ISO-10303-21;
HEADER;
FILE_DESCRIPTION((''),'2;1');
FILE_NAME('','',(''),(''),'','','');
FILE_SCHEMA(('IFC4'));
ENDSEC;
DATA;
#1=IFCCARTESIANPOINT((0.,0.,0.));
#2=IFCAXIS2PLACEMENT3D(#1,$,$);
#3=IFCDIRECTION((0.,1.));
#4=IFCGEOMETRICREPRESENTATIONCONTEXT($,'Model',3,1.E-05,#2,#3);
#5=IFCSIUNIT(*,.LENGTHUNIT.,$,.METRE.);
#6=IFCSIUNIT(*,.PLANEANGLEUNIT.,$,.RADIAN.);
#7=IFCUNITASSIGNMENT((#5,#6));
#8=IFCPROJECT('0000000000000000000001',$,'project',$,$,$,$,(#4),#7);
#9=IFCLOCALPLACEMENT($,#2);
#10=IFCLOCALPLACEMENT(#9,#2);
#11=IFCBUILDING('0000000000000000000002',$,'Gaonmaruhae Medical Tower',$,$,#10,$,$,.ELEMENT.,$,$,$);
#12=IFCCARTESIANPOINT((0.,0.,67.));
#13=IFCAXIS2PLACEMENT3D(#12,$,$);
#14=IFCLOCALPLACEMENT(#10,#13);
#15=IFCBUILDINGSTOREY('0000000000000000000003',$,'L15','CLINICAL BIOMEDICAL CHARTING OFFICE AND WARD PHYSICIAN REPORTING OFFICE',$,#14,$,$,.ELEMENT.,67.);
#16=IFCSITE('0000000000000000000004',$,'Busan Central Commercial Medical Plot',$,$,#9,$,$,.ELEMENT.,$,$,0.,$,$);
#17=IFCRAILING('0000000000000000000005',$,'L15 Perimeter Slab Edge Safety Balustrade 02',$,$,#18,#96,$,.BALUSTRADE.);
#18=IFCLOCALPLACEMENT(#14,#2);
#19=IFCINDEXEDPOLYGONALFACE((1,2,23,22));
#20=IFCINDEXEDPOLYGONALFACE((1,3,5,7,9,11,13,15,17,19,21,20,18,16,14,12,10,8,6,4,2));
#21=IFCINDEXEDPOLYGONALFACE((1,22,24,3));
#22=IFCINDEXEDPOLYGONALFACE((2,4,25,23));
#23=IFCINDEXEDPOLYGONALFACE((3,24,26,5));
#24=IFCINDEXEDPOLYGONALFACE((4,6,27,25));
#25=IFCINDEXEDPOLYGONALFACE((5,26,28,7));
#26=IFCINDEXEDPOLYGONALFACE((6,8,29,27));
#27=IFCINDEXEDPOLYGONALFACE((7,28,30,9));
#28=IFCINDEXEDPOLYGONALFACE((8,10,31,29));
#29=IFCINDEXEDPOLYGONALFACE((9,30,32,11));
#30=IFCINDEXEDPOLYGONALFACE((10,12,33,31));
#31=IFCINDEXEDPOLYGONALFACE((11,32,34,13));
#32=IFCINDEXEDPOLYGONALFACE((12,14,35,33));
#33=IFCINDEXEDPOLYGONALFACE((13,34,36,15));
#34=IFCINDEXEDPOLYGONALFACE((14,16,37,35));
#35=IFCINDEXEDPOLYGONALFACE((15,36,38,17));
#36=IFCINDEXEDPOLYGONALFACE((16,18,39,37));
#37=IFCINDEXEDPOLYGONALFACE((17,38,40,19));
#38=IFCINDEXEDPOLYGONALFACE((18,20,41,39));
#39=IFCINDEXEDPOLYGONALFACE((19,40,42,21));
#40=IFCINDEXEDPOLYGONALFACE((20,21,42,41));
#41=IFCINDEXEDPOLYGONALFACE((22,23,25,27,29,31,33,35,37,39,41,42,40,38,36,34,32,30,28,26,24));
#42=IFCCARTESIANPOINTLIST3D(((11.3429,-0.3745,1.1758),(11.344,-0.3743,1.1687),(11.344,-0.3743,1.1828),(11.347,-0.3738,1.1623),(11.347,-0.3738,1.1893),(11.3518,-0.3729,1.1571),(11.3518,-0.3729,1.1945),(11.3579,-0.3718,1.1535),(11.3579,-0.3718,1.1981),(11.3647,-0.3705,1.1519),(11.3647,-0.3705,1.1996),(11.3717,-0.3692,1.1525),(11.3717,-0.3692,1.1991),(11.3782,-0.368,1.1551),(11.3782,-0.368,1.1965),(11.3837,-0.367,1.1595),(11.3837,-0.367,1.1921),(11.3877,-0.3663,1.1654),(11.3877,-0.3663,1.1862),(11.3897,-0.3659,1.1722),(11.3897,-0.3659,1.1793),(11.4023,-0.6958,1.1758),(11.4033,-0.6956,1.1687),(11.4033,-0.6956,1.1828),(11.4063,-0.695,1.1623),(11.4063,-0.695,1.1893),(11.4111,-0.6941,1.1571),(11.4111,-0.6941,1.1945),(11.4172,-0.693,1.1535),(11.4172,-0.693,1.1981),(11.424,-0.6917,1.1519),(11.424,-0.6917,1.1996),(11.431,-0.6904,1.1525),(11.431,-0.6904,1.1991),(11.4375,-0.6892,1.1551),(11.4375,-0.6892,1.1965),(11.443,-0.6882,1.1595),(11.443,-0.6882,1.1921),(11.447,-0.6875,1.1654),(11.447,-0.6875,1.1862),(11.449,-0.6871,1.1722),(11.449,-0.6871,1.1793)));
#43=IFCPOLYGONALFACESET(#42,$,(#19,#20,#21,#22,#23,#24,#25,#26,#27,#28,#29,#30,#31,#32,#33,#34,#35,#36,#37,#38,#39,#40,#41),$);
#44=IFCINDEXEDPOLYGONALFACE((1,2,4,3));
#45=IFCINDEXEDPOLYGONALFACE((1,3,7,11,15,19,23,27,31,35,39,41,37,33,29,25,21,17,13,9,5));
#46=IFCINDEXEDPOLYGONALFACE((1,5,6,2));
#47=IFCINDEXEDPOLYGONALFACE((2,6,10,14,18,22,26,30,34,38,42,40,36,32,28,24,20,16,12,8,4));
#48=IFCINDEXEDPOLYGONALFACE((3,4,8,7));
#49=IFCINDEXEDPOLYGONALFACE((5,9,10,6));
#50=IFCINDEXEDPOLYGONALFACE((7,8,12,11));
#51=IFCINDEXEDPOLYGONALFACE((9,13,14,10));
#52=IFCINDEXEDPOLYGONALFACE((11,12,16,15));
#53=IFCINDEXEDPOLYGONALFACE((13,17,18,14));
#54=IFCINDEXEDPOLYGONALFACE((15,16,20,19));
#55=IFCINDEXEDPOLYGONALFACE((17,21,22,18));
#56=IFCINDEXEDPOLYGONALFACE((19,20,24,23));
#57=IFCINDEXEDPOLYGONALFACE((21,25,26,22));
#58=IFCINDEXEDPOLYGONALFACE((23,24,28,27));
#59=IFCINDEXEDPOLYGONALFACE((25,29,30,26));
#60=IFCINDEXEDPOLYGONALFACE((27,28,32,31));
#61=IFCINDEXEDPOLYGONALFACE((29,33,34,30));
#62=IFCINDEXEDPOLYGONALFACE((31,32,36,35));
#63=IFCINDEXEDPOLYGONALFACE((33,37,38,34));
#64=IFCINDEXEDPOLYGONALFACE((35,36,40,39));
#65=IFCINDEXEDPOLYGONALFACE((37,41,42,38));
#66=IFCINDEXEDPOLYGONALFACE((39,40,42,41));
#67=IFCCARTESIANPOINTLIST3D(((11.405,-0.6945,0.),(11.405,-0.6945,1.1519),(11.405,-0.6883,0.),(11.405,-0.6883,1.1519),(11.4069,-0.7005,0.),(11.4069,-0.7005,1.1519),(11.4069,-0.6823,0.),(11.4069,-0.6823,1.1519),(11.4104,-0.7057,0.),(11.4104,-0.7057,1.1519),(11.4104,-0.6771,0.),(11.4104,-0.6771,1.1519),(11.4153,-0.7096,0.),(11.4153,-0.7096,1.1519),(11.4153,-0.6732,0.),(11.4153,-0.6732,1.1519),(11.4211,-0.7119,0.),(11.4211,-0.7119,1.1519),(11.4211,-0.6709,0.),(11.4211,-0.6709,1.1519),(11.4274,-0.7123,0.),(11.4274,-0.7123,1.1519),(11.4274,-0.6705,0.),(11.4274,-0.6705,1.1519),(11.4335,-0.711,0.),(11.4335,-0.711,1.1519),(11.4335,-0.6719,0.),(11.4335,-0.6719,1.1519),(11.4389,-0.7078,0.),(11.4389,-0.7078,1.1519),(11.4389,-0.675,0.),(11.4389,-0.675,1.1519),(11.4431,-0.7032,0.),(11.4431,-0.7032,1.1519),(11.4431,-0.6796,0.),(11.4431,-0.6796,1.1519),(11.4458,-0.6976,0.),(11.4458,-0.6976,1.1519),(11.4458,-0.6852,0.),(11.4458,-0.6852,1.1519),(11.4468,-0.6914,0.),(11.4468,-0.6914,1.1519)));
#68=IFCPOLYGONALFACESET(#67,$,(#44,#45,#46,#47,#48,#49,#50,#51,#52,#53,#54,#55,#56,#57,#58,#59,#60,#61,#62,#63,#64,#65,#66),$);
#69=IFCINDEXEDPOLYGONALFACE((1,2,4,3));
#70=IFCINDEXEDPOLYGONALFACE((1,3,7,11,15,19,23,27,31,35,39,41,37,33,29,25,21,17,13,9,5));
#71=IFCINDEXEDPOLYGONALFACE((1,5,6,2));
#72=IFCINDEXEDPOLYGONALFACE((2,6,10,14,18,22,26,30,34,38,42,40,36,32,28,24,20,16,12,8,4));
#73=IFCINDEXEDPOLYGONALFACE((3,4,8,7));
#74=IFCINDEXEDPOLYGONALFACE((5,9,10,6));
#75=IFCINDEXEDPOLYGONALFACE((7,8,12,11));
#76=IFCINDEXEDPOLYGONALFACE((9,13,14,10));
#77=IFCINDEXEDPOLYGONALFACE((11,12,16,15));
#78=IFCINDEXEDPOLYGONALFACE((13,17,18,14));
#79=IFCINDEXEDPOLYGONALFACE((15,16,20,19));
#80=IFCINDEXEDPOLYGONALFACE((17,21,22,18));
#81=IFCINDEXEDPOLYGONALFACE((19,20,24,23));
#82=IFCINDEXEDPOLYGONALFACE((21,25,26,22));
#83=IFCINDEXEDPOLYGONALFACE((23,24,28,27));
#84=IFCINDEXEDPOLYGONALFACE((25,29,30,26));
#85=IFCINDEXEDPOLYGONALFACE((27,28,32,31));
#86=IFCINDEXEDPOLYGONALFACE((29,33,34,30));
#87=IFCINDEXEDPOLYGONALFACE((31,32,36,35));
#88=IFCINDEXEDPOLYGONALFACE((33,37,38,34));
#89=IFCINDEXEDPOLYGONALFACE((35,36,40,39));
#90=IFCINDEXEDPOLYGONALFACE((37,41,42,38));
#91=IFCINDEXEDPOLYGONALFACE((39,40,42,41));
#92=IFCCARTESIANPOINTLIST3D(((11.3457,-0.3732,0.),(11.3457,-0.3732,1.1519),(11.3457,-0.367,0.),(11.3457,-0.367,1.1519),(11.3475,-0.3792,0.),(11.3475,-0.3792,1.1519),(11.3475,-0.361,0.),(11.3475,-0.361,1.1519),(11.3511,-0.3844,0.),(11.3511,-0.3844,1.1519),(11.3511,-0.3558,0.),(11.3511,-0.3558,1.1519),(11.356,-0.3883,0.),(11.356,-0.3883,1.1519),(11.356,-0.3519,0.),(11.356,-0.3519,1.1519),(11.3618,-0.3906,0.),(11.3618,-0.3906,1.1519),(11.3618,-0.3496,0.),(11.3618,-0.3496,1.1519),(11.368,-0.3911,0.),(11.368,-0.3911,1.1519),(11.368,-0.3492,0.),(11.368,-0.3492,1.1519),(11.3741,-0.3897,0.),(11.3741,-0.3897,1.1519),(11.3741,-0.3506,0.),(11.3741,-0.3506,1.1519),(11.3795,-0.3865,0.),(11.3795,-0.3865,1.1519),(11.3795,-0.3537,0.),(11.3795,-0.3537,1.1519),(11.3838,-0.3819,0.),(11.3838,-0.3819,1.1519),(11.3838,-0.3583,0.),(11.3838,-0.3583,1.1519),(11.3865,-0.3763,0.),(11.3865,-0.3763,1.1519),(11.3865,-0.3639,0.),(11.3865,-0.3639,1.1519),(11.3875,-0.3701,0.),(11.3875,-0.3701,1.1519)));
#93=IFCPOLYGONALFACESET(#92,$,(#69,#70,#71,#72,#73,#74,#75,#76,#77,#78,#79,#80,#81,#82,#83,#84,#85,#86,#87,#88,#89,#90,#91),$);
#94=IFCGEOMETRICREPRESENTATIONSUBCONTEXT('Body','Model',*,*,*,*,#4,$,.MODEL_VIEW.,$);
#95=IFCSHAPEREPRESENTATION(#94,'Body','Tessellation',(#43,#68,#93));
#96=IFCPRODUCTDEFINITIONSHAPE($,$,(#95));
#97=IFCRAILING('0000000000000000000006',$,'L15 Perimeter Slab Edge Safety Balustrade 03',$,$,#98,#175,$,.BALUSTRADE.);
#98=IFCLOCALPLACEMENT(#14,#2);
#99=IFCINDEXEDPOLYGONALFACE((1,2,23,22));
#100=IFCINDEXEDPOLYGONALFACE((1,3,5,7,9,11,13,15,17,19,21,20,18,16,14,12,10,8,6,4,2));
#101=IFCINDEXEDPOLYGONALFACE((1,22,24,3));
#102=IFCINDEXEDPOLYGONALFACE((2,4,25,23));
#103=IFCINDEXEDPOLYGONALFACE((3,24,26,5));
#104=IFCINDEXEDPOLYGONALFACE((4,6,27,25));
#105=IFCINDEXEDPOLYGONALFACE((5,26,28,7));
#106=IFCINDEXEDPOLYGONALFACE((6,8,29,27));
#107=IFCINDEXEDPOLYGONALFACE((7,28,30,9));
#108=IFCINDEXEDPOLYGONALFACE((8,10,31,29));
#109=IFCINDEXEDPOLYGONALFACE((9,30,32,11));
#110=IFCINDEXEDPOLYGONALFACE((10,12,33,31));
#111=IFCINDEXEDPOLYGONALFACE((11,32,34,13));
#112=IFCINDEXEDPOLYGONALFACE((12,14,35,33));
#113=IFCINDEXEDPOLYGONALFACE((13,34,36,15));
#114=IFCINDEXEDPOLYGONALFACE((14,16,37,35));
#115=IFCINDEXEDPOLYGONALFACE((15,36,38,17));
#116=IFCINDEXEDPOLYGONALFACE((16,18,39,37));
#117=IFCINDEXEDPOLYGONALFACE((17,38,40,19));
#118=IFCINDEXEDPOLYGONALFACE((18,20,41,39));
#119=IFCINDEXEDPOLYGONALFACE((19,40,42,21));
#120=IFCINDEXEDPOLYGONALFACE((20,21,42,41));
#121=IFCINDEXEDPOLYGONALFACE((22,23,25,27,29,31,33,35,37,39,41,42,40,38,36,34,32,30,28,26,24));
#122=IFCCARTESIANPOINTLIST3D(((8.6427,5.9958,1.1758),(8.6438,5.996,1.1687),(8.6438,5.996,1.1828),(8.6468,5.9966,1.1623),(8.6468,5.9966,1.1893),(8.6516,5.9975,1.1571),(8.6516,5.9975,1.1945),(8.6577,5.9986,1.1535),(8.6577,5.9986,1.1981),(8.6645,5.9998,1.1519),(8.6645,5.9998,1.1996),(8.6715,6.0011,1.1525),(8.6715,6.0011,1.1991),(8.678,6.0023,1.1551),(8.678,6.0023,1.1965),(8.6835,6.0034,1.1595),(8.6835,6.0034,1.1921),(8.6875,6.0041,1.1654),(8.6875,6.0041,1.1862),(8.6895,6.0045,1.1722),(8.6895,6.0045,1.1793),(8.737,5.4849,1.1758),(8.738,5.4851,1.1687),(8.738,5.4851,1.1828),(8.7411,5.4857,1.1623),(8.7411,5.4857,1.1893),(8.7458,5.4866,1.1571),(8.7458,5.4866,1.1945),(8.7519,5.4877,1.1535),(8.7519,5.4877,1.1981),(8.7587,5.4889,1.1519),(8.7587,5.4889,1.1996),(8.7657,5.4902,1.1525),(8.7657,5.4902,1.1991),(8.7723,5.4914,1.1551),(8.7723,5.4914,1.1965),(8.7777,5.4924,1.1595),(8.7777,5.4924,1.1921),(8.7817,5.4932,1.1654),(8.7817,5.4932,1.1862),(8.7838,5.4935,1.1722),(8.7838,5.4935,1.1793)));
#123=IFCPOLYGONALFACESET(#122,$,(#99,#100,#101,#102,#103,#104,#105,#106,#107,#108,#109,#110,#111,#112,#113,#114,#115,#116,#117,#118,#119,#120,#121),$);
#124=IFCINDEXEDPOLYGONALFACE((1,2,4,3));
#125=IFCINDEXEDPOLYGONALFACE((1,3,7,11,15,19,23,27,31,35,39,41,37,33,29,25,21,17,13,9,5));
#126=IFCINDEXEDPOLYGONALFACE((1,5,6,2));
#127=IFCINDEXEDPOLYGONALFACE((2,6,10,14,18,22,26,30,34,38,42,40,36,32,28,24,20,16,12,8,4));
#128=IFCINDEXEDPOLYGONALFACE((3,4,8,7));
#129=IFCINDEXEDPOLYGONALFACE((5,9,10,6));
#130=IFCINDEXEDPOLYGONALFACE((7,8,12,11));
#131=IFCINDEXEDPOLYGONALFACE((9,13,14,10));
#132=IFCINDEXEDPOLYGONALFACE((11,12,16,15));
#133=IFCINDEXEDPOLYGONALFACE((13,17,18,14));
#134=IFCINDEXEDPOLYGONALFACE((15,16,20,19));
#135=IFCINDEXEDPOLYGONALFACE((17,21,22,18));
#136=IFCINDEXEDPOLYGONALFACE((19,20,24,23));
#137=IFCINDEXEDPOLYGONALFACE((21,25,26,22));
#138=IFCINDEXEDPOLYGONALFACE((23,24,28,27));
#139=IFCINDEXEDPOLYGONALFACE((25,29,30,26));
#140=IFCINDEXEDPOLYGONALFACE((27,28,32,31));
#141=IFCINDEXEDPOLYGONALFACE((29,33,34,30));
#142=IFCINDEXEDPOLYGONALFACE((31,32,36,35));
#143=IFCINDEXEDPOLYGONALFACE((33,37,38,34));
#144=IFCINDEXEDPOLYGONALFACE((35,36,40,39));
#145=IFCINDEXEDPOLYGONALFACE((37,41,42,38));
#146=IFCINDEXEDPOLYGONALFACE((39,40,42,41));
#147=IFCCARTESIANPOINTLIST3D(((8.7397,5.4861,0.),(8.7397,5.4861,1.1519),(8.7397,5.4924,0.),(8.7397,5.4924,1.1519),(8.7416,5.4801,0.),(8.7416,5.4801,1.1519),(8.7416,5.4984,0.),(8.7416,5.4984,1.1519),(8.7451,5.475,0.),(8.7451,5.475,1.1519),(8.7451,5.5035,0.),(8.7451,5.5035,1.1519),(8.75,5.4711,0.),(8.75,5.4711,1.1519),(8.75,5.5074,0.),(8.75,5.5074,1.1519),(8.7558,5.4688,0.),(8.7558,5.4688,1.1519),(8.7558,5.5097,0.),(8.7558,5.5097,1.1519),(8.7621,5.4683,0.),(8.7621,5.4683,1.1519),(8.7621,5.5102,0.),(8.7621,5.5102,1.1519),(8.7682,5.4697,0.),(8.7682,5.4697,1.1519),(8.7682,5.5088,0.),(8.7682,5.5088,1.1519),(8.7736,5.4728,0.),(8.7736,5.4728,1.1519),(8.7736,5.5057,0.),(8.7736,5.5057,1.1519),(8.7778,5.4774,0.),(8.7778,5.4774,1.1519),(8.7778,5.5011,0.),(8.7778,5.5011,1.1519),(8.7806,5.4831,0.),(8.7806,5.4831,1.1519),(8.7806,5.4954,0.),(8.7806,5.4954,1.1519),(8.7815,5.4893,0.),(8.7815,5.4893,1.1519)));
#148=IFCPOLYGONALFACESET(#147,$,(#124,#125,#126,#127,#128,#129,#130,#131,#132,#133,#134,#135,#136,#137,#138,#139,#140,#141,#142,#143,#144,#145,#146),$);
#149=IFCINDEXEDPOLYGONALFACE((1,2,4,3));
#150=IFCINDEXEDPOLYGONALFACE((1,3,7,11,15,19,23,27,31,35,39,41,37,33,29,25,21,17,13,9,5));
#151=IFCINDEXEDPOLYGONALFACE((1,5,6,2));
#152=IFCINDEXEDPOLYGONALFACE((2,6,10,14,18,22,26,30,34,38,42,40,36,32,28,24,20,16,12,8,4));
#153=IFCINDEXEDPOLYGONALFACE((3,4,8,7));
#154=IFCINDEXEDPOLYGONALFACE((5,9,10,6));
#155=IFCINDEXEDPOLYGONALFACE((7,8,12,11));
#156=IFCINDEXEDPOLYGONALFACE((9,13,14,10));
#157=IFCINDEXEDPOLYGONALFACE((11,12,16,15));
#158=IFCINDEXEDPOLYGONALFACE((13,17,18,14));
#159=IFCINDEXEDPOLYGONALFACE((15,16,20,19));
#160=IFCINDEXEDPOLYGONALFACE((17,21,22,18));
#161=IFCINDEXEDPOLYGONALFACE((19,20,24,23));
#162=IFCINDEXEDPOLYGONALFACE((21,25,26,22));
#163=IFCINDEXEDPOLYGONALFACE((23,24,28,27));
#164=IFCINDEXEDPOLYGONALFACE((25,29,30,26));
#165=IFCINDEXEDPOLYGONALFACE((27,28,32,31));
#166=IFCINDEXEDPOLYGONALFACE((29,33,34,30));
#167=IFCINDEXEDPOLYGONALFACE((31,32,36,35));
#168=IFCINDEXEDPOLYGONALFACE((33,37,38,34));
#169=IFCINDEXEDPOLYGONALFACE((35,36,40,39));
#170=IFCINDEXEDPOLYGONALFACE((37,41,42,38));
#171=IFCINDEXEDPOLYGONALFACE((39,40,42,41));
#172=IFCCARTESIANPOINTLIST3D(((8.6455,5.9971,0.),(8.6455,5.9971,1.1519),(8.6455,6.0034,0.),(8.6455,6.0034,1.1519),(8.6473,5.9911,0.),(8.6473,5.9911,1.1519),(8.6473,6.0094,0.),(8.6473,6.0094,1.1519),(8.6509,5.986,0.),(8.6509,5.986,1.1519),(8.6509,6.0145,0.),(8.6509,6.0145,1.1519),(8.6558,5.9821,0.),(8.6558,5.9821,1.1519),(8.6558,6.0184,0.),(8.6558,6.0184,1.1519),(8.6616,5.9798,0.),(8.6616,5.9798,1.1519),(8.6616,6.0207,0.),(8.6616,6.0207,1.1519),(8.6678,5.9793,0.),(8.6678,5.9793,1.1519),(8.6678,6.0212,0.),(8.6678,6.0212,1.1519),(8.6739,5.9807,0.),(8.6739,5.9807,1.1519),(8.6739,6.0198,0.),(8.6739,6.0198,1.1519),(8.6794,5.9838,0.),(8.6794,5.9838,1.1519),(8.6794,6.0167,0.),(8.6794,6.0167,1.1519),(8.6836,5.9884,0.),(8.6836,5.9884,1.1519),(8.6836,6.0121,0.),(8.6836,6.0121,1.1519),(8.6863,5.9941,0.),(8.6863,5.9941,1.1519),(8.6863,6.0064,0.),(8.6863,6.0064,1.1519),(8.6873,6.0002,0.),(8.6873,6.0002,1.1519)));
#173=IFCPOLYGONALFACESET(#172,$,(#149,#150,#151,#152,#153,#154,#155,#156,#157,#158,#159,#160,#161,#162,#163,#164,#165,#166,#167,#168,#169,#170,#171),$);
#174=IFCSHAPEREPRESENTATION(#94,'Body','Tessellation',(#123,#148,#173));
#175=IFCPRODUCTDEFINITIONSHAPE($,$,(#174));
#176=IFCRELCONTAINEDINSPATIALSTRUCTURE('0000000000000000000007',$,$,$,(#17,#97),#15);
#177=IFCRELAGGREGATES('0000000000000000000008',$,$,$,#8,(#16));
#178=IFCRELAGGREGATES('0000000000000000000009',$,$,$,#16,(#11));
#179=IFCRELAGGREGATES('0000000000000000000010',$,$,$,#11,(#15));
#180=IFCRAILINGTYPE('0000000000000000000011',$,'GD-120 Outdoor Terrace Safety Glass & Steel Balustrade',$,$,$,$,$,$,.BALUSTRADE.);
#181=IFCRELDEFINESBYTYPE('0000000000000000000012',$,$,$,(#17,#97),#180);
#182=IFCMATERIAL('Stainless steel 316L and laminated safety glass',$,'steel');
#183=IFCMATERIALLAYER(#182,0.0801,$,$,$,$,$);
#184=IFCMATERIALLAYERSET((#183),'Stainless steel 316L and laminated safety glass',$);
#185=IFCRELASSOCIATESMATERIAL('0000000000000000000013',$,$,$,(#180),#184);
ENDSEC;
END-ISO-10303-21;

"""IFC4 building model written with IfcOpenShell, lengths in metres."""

from ifc_helpers import new_model, si_unit, direction, frame, origin, origin_2d, place, context, subcontext, project, spatial, circle, extrude, material, layer, layer_set, type_object, element, save


model = new_model("IFC4")

# Units and contexts
model_context = context("Model", 3, precision=1e-05, world=origin(), true_north=direction((0.0, 1.0)))
body_context = subcontext(model_context, "Body", "Model", "MODEL_VIEW")
ifc_project = project(units=[si_unit("LENGTHUNIT", "METRE"), si_unit("PLANEANGLEUNIT", "RADIAN")], contexts=[model_context])

# Site, building, storey
site_placement = place(None, origin())
site = spatial("IfcSite", under=ifc_project, at=site_placement, Name="Busan Central Commercial Medical Plot", CompositionType="ELEMENT", RefElevation=0.0)
building_placement = place(site_placement, origin())
building = spatial("IfcBuilding", under=site, at=building_placement, Name="Gaonmaruhae Medical Tower", CompositionType="ELEMENT")
storey_placement = place(building_placement, frame((0.0, 0.0, 67.0)))
storey = spatial("IfcBuildingStorey", under=building, at=storey_placement, Name="L15", Description="CLINICAL BIOMEDICAL CHARTING OFFICE AND WARD PHYSICIAN REPORTING OFFICE", CompositionType="ELEMENT", Elevation=67.0)

# Railings
ifc_material_1 = material(Name="Stainless steel 316L and laminated safety glass", Category="steel")
ifc_layer_1 = layer(ifc_material_1, 0.0801)
ifc_layer_set_1 = layer_set([ifc_layer_1], Name="Stainless steel 316L and laminated safety glass")
railing_type = type_object("IfcRailingType", Name="GD-120 Outdoor Terrace Safety Glass & Steel Balustrade", PredefinedType="BALUSTRADE", material=ifc_layer_set_1)
railing_1_placement = place(storey_placement, frame((11.4258, -0.6914, 0.0)))
element("IfcRailing", 1, at=railing_1_placement, inside=storey, type_object=railing_type, Name="L15 Perimeter Slab Edge Safety Balustrade 02", PredefinedType="BALUSTRADE", context=body_context, shape_type="SweptSolid", body=[
    extrude(circle(Radius=0.0239, at=origin_2d()), frame((0.0, 0.0, 1.1758), z_axis=(-0.181581, 0.983376, 0.0), x_axis=(-0.983376, -0.181581, 0.0)), (0.0, 0.0, 1.0), 0.3267),
    extrude(circle(Radius=0.021, at=origin_2d()), origin(), (0.0, 0.0, 1.0), 1.1519),
    extrude(circle(Radius=0.021, at=origin_2d()), frame((-0.0593, 0.3213, 0.0)), (0.0, 0.0, 1.0), 1.1519),
])
railing_2_placement = place(storey_placement, frame((8.7605, 5.4893, 0.0)))
element("IfcRailing", 2, at=railing_2_placement, inside=storey, type_object=railing_type, Name="L15 Perimeter Slab Edge Safety Balustrade 03", PredefinedType="BALUSTRADE", context=body_context, shape_type="SweptSolid", body=[
    extrude(circle(Radius=0.0239, at=origin_2d()), frame((0.0, 0.0, 1.1758), z_axis=(-0.181366, 0.983416, 0.0), x_axis=(-0.983416, -0.181366, 0.0)), (0.0, 0.0, 1.0), 0.5195),
    extrude(circle(Radius=0.021, at=origin_2d()), origin(), (0.0, 0.0, 1.0), 1.1519),
    extrude(circle(Radius=0.021, at=origin_2d()), frame((-0.0942, 0.511, 0.0)), (0.0, 0.0, 1.0), 1.1519),
])

save(model, "model.ifc")
